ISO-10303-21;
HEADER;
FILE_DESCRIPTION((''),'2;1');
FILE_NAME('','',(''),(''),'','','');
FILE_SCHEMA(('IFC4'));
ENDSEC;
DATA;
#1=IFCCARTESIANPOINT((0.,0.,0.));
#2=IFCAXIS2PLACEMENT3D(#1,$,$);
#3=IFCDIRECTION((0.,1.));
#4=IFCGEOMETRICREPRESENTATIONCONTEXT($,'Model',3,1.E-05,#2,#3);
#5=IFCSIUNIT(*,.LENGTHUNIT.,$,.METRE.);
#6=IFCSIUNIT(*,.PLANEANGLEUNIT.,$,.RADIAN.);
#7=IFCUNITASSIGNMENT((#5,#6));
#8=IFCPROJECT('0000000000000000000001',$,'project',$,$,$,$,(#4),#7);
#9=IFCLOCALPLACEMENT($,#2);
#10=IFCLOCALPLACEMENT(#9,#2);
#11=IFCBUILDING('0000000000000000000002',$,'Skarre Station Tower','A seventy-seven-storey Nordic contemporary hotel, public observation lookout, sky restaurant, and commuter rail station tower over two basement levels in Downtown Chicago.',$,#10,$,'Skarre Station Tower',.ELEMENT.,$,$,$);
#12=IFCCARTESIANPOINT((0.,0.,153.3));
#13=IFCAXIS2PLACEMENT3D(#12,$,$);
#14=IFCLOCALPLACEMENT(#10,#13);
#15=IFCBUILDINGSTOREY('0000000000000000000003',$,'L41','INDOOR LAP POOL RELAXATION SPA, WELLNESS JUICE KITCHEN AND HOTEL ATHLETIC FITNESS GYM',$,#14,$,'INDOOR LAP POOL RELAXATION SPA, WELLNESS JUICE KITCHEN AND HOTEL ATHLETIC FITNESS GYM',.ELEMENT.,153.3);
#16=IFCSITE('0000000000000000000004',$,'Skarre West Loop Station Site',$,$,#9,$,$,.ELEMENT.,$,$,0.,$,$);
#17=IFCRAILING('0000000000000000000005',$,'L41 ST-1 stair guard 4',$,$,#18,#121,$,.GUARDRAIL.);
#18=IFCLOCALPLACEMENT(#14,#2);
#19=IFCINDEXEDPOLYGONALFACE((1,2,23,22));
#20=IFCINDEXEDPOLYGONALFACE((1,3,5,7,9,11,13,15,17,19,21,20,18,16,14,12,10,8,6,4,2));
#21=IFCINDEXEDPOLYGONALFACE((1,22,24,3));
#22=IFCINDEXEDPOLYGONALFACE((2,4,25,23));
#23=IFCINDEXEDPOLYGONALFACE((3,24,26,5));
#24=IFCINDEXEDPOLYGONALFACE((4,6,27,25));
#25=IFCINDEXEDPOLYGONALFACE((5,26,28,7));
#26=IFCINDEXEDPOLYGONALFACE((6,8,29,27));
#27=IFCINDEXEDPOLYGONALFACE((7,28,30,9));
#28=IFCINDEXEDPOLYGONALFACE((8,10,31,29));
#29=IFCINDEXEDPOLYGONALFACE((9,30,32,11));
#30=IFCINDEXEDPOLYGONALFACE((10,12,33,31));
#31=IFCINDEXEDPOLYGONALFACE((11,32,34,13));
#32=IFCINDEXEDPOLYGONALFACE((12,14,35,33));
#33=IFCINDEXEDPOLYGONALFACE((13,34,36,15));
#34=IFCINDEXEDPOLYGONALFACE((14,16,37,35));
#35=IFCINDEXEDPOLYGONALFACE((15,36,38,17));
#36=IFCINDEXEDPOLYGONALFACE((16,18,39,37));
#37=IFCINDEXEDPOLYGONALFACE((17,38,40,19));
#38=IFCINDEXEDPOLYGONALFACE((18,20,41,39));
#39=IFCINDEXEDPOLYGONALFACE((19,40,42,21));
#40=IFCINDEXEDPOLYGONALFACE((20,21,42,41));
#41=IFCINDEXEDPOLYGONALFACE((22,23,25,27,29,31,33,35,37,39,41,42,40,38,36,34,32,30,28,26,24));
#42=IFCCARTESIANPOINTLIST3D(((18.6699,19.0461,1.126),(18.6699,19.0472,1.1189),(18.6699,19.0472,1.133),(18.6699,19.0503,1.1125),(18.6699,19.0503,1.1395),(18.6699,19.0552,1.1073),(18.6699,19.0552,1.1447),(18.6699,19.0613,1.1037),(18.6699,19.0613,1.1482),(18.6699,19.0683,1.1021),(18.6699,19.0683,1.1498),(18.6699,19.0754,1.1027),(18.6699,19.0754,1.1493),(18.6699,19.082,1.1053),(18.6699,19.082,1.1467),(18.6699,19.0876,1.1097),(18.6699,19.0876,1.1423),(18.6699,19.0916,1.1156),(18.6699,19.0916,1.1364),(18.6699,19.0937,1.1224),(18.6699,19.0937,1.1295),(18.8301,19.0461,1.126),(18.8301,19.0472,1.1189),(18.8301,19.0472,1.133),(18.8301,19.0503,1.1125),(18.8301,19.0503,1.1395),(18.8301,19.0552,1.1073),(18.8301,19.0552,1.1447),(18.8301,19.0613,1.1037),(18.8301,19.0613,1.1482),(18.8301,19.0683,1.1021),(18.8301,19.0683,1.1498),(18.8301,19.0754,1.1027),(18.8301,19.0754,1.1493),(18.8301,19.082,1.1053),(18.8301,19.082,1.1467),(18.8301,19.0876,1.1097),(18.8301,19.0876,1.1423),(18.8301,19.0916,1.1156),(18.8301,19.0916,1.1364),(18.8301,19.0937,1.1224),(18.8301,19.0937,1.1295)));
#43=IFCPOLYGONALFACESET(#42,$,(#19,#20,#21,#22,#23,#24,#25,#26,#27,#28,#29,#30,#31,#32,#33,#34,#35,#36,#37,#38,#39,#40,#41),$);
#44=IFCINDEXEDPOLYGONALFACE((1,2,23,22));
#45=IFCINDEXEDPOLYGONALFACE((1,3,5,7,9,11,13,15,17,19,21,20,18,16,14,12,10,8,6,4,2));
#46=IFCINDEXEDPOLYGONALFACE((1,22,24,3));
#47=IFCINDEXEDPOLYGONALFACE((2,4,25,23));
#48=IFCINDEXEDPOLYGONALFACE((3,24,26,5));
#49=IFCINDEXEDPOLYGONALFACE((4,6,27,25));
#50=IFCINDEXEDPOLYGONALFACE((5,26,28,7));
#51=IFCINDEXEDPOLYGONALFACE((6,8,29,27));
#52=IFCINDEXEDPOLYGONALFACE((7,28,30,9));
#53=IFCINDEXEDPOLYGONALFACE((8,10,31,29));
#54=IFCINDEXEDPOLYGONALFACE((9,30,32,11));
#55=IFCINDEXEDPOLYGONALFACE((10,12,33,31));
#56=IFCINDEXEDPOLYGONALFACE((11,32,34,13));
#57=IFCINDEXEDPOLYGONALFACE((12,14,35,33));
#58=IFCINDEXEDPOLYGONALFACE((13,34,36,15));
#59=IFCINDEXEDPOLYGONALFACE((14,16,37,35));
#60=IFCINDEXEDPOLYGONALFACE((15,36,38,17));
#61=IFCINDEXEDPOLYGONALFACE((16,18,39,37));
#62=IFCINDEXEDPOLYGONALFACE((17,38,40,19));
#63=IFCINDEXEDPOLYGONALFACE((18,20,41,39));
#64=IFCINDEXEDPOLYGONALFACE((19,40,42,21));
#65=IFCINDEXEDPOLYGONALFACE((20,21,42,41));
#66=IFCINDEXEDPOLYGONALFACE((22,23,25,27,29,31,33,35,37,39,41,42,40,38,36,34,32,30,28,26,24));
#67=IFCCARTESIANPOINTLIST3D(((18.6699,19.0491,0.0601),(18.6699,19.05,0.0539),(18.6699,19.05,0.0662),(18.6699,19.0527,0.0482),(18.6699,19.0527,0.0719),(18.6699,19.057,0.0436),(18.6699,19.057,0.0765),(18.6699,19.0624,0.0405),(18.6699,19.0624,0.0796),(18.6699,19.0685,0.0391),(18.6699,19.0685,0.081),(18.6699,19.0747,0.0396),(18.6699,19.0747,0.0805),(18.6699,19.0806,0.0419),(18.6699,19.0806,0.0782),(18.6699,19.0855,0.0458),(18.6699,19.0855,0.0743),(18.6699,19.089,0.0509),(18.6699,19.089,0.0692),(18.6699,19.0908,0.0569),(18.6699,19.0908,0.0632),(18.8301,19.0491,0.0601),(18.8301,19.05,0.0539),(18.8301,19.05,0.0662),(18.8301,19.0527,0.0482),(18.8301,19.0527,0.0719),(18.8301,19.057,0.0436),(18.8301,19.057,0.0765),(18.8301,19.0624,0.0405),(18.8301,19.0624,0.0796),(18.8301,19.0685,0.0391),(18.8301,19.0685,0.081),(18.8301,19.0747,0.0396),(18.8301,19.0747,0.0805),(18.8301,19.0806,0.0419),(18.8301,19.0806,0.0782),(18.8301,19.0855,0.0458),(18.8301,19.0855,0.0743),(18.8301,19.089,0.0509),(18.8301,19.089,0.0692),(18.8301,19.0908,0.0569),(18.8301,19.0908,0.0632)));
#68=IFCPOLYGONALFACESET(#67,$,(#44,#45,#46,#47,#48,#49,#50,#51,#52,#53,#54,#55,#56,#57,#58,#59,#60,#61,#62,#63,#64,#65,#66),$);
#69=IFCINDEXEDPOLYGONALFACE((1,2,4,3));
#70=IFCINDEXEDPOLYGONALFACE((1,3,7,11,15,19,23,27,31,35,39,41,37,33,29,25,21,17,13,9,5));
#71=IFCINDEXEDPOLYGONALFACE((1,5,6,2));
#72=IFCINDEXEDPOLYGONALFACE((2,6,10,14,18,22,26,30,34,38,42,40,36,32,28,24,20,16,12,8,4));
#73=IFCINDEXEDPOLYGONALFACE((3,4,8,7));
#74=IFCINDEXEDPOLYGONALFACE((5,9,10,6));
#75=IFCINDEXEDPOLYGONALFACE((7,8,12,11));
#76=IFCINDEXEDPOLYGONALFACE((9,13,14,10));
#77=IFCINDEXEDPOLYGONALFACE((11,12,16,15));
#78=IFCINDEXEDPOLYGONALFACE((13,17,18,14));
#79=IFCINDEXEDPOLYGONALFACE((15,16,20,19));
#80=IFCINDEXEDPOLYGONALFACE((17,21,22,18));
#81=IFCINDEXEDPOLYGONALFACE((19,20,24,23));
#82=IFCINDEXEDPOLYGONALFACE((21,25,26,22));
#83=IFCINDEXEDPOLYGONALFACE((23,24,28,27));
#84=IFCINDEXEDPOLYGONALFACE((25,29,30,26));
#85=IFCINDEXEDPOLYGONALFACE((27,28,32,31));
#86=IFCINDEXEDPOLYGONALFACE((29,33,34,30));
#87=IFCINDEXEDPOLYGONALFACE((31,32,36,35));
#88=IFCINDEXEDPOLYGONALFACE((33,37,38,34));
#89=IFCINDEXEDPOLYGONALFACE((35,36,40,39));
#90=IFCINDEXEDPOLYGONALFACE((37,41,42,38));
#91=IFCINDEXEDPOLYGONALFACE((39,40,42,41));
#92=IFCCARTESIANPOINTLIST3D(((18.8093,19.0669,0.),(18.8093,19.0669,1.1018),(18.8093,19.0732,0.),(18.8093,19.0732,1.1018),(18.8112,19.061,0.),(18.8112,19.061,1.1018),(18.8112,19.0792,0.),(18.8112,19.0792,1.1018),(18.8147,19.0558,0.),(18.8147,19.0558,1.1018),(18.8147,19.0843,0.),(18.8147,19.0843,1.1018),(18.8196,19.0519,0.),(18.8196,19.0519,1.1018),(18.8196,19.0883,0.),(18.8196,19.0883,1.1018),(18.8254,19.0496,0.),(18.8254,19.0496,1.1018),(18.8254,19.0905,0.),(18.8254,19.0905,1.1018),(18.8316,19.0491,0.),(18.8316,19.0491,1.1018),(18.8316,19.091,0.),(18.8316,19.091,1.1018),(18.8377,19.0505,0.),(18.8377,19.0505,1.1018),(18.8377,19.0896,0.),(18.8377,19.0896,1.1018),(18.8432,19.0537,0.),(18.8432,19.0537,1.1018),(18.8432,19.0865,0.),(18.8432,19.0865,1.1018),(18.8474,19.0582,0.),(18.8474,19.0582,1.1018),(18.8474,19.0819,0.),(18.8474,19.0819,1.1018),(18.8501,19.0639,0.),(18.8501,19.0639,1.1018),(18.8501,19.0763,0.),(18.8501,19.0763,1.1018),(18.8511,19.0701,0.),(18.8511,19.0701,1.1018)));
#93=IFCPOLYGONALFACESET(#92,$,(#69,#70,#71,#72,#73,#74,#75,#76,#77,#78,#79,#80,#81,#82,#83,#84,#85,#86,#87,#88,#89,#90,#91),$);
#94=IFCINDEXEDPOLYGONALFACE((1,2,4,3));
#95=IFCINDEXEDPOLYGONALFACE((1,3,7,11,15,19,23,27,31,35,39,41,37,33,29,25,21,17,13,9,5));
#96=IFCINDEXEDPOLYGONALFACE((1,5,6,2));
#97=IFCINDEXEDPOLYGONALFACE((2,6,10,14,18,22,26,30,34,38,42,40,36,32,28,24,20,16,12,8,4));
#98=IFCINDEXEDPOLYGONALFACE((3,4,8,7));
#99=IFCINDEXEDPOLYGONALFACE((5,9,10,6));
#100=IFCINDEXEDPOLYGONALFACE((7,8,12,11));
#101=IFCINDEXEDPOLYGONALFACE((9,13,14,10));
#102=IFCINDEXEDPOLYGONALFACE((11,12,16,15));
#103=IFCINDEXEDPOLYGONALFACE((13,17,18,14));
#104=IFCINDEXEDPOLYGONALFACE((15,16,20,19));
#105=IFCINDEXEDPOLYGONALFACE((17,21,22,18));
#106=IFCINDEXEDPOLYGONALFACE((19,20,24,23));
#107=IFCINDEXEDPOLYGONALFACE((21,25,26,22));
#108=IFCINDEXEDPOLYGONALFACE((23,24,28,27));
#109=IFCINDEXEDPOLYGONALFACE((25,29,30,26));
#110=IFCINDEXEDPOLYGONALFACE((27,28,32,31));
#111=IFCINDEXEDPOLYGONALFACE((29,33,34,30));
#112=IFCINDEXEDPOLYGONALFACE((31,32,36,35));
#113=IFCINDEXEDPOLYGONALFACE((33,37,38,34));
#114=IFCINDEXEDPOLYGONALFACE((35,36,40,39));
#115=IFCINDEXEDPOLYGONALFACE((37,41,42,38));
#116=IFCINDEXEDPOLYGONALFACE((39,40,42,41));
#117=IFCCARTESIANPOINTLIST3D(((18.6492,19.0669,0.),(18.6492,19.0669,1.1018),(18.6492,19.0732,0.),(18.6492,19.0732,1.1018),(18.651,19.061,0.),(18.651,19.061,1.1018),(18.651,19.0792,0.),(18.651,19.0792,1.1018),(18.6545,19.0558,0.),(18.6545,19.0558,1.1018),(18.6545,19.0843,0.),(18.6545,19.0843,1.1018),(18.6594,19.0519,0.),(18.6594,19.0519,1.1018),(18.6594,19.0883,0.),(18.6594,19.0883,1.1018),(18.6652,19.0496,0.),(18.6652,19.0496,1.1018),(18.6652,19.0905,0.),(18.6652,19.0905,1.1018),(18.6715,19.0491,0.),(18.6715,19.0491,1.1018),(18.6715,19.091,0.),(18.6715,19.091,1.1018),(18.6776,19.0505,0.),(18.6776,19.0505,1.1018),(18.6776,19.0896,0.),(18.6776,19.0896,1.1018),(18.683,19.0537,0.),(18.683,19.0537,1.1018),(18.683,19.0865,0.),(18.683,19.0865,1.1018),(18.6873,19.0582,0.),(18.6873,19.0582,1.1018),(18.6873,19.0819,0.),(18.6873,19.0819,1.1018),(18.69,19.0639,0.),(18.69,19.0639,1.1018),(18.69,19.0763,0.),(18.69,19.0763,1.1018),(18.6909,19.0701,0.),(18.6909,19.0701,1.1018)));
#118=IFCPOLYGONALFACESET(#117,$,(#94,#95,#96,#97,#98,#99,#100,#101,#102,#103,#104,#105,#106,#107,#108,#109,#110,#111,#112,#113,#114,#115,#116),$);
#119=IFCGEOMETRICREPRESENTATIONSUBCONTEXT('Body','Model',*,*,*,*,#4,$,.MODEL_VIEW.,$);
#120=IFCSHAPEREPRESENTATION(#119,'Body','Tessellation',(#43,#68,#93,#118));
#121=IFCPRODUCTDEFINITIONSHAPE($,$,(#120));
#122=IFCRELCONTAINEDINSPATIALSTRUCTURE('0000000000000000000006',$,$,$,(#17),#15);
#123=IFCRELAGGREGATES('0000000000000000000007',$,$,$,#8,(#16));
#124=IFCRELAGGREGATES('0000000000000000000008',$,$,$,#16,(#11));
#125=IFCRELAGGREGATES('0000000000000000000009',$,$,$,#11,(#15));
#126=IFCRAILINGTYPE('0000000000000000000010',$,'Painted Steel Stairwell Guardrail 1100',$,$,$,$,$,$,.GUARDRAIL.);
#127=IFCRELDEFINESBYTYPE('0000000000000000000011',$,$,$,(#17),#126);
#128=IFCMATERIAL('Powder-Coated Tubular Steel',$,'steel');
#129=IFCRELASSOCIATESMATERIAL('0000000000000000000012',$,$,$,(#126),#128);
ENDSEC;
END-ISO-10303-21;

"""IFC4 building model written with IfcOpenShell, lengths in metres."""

from ifc_helpers import new_model, si_unit, direction, frame, origin, origin_2d, place, context, subcontext, project, spatial, circle, extrude, material, type_object, element, save


model = new_model("IFC4")

# Units and contexts
model_context = context("Model", 3, precision=1e-05, world=origin(), true_north=direction((0.0, 1.0)))
body_context = subcontext(model_context, "Body", "Model", "MODEL_VIEW")
ifc_project = project(units=[si_unit("LENGTHUNIT", "METRE"), si_unit("PLANEANGLEUNIT", "RADIAN")], contexts=[model_context])

# Site, building, storey
site_placement = place(None, origin())
site = spatial("IfcSite", under=ifc_project, at=site_placement, Name="Skarre West Loop Station Site", CompositionType="ELEMENT", RefElevation=0.0)
building_placement = place(site_placement, origin())
building = spatial("IfcBuilding", under=site, at=building_placement, Name="Skarre Station Tower", Description="A seventy-seven-storey Nordic contemporary hotel, public observation lookout, sky restaurant, and commuter rail station tower over two basement levels in Downtown Chicago.", LongName="Skarre Station Tower", CompositionType="ELEMENT")
storey_placement = place(building_placement, frame((0.0, 0.0, 153.3)))
storey = spatial("IfcBuildingStorey", under=building, at=storey_placement, Name="L41", Description="INDOOR LAP POOL RELAXATION SPA, WELLNESS JUICE KITCHEN AND HOTEL ATHLETIC FITNESS GYM", LongName="INDOOR LAP POOL RELAXATION SPA, WELLNESS JUICE KITCHEN AND HOTEL ATHLETIC FITNESS GYM", CompositionType="ELEMENT", Elevation=153.3)

# Railing
ifc_material_1 = material(Name="Powder-Coated Tubular Steel", Category="steel")
railing_type_1 = type_object("IfcRailingType", Name="Painted Steel Stairwell Guardrail 1100", PredefinedType="GUARDRAIL", material=ifc_material_1)
railing_1_placement = place(storey_placement, frame((18.8301, 19.0701, 0.0)))
element("IfcRailing", 1, at=railing_1_placement, inside=storey, type_object=railing_type_1, Name="L41 ST-1 stair guard 4", PredefinedType="GUARDRAIL", context=body_context, shape_type="SweptSolid", body=[
    extrude(circle(Radius=0.0239, at=origin_2d()), frame((0.0, 0.0, 1.126), z_axis=(-1.0, 0.0, 0.0), x_axis=(0.0, -1.0, 0.0)), (0.0, 0.0, 1.0), 0.1602),
    extrude(circle(Radius=0.021, at=origin_2d()), frame((0.0, 0.0, 0.0601), z_axis=(-1.0, 0.0, 0.0), x_axis=(0.0, -1.0, 0.0)), (0.0, 0.0, 1.0), 0.1602),
    extrude(circle(Radius=0.021, at=origin_2d()), origin(), (0.0, 0.0, 1.0), 1.1018),
    extrude(circle(Radius=0.021, at=origin_2d()), frame((-0.1602, 0.0, 0.0)), (0.0, 0.0, 1.0), 1.1018),
])

save(model, "model.ifc")
